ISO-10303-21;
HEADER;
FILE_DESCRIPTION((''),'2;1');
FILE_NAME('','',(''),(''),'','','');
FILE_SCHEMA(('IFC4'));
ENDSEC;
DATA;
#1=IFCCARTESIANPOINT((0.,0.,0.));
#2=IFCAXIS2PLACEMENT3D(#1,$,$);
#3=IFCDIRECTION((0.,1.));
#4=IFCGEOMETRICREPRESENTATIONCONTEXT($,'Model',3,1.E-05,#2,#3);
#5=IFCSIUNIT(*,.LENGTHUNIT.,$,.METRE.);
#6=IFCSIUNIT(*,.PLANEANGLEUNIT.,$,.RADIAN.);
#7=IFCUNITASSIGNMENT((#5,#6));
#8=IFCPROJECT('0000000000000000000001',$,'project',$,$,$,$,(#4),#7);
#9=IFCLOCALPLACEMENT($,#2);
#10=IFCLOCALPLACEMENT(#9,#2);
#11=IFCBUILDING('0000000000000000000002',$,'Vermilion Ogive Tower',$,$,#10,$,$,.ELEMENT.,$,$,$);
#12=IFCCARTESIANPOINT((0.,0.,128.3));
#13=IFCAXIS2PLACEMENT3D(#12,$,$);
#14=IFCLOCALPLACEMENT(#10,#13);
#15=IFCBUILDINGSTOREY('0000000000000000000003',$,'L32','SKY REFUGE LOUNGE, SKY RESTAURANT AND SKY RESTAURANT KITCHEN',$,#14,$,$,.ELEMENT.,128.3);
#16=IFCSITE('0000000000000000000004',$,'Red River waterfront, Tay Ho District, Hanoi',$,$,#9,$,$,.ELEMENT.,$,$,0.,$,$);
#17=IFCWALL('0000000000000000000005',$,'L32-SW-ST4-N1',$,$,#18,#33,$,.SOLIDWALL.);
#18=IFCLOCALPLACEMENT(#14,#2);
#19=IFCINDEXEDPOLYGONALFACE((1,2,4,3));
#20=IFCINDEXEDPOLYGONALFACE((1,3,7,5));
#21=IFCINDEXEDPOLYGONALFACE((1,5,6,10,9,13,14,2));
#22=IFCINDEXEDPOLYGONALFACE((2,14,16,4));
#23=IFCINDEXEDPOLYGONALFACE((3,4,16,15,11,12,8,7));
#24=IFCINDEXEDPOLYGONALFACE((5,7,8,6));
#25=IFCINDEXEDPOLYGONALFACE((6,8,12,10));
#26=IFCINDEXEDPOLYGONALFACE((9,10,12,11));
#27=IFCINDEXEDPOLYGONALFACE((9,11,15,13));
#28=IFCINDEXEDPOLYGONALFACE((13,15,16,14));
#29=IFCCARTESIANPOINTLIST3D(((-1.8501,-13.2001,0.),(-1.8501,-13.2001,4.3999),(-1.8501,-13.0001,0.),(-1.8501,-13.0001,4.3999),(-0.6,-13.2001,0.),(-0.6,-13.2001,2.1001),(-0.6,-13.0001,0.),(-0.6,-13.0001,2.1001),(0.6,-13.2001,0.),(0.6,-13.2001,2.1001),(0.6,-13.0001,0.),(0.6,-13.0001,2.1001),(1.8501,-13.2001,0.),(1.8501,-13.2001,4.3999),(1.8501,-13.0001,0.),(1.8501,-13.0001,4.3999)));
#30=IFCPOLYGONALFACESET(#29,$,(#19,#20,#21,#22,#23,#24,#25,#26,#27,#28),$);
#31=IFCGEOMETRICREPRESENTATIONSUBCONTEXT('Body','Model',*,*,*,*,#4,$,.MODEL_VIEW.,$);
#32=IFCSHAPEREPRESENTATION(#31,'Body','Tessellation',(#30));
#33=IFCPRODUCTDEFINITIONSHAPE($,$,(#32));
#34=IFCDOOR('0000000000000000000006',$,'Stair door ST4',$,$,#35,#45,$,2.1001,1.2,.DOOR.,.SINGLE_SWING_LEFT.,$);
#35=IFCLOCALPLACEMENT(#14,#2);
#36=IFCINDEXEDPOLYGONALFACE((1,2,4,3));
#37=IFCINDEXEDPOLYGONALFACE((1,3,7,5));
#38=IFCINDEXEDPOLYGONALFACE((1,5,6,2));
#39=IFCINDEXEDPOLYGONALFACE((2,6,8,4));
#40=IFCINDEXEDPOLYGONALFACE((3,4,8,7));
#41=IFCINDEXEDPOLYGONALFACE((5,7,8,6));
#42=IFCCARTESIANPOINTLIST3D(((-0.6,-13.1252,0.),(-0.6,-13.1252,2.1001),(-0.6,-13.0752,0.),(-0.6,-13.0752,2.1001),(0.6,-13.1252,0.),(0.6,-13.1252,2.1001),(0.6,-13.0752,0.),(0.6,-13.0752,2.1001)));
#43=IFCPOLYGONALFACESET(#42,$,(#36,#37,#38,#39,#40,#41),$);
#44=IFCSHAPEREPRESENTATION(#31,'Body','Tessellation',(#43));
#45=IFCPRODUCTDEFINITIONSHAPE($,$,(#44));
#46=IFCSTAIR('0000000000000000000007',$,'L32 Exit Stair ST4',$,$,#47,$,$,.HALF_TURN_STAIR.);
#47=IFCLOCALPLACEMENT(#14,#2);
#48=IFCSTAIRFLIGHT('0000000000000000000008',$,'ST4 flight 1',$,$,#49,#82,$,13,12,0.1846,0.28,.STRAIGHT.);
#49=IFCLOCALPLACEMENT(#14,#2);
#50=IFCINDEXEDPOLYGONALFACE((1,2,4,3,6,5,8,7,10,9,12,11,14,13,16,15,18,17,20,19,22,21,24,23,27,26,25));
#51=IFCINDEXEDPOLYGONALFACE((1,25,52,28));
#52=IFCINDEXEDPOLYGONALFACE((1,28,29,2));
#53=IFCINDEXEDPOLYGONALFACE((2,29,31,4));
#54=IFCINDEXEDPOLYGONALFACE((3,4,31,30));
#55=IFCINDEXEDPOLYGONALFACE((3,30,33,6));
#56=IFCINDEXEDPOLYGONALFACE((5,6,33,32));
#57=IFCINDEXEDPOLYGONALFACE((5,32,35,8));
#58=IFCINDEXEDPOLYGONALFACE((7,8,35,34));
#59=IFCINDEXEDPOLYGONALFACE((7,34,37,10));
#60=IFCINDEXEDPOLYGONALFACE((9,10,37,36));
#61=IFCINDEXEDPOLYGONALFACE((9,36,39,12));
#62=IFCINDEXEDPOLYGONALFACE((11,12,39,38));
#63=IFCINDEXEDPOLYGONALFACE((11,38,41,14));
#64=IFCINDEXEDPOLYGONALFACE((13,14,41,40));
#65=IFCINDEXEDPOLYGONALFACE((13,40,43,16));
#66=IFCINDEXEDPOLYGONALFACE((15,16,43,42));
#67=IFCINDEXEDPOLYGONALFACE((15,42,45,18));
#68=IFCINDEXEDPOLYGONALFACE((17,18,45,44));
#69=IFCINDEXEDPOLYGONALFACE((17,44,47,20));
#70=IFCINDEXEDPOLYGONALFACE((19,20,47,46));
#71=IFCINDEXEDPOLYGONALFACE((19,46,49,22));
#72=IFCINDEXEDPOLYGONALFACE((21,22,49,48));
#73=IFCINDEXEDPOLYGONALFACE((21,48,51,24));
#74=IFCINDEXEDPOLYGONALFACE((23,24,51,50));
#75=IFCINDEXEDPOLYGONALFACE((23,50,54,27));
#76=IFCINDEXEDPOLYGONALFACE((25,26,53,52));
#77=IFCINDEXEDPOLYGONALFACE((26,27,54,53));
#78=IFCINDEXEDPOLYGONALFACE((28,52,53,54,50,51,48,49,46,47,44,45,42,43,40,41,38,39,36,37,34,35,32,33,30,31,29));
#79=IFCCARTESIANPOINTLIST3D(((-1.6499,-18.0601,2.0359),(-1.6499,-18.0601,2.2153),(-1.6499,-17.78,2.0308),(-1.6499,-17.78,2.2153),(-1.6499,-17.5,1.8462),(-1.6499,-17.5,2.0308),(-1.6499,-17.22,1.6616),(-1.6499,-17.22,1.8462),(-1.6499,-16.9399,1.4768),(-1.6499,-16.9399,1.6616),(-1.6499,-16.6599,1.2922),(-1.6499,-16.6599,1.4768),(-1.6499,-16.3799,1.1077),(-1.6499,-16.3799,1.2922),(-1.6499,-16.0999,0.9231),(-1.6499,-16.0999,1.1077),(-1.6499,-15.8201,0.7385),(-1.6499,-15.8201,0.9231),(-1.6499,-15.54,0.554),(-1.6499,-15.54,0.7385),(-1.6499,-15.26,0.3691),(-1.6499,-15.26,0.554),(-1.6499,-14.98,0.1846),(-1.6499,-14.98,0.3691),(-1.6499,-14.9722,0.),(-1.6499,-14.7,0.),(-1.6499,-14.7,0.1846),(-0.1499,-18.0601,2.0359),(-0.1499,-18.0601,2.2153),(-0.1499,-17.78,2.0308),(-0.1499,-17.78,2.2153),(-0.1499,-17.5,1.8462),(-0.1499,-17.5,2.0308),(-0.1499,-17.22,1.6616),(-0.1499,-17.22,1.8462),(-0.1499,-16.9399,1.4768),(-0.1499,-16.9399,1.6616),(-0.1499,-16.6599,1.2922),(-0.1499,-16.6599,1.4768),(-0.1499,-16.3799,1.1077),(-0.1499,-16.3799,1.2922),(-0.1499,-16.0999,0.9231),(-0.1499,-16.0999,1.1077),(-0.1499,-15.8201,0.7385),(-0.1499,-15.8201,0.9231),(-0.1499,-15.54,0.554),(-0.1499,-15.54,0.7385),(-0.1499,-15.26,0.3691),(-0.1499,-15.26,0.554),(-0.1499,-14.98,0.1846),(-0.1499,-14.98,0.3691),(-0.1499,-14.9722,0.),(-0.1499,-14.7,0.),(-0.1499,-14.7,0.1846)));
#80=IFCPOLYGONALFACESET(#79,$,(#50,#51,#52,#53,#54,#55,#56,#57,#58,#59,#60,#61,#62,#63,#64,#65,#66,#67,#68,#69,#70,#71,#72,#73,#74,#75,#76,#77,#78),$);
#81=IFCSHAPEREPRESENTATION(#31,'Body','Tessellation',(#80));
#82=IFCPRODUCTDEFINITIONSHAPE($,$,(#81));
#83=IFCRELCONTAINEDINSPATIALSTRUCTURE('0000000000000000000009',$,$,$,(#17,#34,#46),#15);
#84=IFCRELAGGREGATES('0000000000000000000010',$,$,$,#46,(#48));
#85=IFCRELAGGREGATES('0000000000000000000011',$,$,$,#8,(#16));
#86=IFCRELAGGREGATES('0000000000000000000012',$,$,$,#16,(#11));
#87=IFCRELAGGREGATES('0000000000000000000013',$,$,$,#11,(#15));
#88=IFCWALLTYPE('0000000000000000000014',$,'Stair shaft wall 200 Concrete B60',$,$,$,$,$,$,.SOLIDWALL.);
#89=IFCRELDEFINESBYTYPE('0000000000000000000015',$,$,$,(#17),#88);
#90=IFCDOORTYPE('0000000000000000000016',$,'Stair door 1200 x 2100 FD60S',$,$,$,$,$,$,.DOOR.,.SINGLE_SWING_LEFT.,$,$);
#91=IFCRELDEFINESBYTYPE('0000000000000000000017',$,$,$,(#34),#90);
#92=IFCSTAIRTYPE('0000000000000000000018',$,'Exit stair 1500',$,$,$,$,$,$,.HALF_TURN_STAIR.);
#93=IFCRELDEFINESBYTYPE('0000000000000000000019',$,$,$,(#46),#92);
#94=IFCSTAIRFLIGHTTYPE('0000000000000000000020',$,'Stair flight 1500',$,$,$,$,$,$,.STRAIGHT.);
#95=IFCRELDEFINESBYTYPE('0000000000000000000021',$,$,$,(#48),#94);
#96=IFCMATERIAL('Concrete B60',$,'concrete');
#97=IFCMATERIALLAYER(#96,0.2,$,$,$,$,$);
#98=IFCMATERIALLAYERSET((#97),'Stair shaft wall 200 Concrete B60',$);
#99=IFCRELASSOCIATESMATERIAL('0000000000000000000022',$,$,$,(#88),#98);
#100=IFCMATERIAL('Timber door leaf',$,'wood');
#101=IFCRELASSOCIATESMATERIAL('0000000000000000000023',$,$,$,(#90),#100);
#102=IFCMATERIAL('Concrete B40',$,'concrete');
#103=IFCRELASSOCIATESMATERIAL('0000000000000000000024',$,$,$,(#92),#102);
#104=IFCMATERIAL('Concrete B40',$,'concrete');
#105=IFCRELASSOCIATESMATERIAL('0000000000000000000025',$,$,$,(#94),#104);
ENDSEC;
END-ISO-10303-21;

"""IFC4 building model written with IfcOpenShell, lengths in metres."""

from ifc_helpers import new_model, si_unit, direction, frame, frame_2d, origin, place, context, subcontext, project, spatial, polyline, rectangle, outline, extrude, material, layer, layer_set, type_object, element, fill, aggregate, save


model = new_model("IFC4")

# Units and contexts
model_context = context("Model", 3, precision=1e-05, world=origin(), true_north=direction((0.0, 1.0)))
body_context = subcontext(model_context, "Body", "Model", "MODEL_VIEW")
ifc_project = project(units=[si_unit("LENGTHUNIT", "METRE"), si_unit("PLANEANGLEUNIT", "RADIAN")], contexts=[model_context])

# Site, building, storey
site_placement = place(None, origin())
site = spatial("IfcSite", under=ifc_project, at=site_placement, Name="Red River waterfront, Tay Ho District, Hanoi", CompositionType="ELEMENT", RefElevation=0.0)
building_placement = place(site_placement, origin())
building = spatial("IfcBuilding", under=site, at=building_placement, Name="Vermilion Ogive Tower", CompositionType="ELEMENT")
storey_placement = place(building_placement, frame((0.0, 0.0, 128.3)))
storey = spatial("IfcBuildingStorey", under=building, at=storey_placement, Name="L32", Description="SKY REFUGE LOUNGE, SKY RESTAURANT AND SKY RESTAURANT KITCHEN", CompositionType="ELEMENT", Elevation=128.3)

# Wall, opening, door
ifc_material_1 = material(Name="Concrete B60", Category="concrete")
ifc_layer_1 = layer(ifc_material_1, 0.2)
ifc_layer_set_1 = layer_set([ifc_layer_1], Name="Stair shaft wall 200 Concrete B60")
wall_type_1 = type_object("IfcWallType", Name="Stair shaft wall 200 Concrete B60", PredefinedType="SOLIDWALL", material=ifc_layer_set_1)
wall_1_placement = place(storey_placement, frame((-1.8501, -13.1001, 0.0), z_axis=(0.0, 0.0, 1.0), x_axis=(1.0, 0.0, 0.0)))
wall_1 = element("IfcWall", 1, at=wall_1_placement, inside=storey, type_object=wall_type_1, Name="L32-SW-ST4-N1", PredefinedType="SOLIDWALL", context=body_context, shape_type="SweptSolid", body=[
    extrude(rectangle(XDim=3.7002, YDim=0.2, at=frame_2d((1.8501, 0.0))), origin(), (0.0, 0.0, 1.0), 4.3999),
])
opening_1_placement = place(wall_1_placement, frame((1.25, 0.0, 0.0)))
opening_1 = element("IfcOpeningElement", 2, at=opening_1_placement, cuts=wall_1, PredefinedType="OPENING", context=body_context, shape_type="SweptSolid", body=[
    extrude(rectangle(XDim=1.2, YDim=2.1001, at=frame_2d((0.6001, 1.05))), frame((0.0, 0.1099, 0.0), z_axis=(0.0, -1.0, 0.0), x_axis=(1.0, 0.0, 0.0)), (0.0, 0.0, 1.0), 0.22),
])
ifc_material_2 = material(Name="Timber door leaf", Category="wood")
door_type_1 = type_object("IfcDoorType", Name="Stair door 1200 x 2100 FD60S", OperationType="SINGLE_SWING_LEFT", PredefinedType="DOOR", material=ifc_material_2)
door_1_placement = place(opening_1_placement, origin())
door_1 = element("IfcDoor", 3, at=door_1_placement, inside=storey, type_object=door_type_1, Name="Stair door ST4", OperationType="SINGLE_SWING_LEFT", OverallHeight=2.1001, OverallWidth=1.2, PredefinedType="DOOR", context=body_context, shape_type="SweptSolid", body=[
    extrude(rectangle(XDim=1.2, YDim=2.1001, at=frame_2d((0.6001, 1.05))), frame((0.0, 0.0249, 0.0), z_axis=(0.0, -1.0, 0.0), x_axis=(1.0, 0.0, 0.0)), (0.0, 0.0, 1.0), 0.05),
])
fill(opening_1, door_1)

# Stair, stair flight
ifc_material_3 = material(Name="Concrete B40", Category="concrete")
stair_type = type_object("IfcStairType", Name="Exit stair 1500", PredefinedType="HALF_TURN_STAIR", material=ifc_material_3)
stair_placement = place(storey_placement, origin())
stair = element("IfcStair", 4, at=stair_placement, inside=storey, type_object=stair_type, Name="L32 Exit Stair ST4", PredefinedType="HALF_TURN_STAIR")
ifc_material_4 = material(Name="Concrete B40", Category="concrete")
stair_flight_type = type_object("IfcStairFlightType", Name="Stair flight 1500", PredefinedType="STRAIGHT", material=ifc_material_4)
stair_flight_placement = place(storey_placement, frame((-0.8999, -14.7, 0.0), z_axis=(0.0, 0.0, 1.0), x_axis=(0.0, -1.0, 0.0)))
stair_flight = element("IfcStairFlight", 5, at=stair_flight_placement, type_object=stair_flight_type, Name="ST4 flight 1", NumberOfRisers=13, NumberOfTreads=12, PredefinedType="STRAIGHT", RiserHeight=0.1846, TreadLength=0.28, context=body_context, shape_type="SweptSolid", body=[
    extrude(outline(polyline([(0.0, 0.0), (0.0, 0.1846), (0.28, 0.1846), (0.28, 0.3691), (0.5601, 0.3691), (0.5601, 0.554), (0.8401, 0.554), (0.8401, 0.7385), (1.1201, 0.7385), (1.1201, 0.9231), (1.3999, 0.9231), (1.3999, 1.1077), (1.6799, 1.1077), (1.6799, 1.2922), (1.96, 1.2922), (1.96, 1.4768), (2.24, 1.4768), (2.24, 1.6616), (2.52, 1.6616), (2.52, 1.8462), (2.8, 1.8462), (2.8, 2.0308), (3.0801, 2.0308), (3.0801, 2.2153), (3.3601, 2.2153), (3.3601, 2.3999), (3.3601, 2.0359), (0.2722, 0.0), (0.0, 0.0)])), frame((0.0, 0.75, 0.0), z_axis=(0.0, -1.0, 0.0), x_axis=(1.0, 0.0, 0.0)), (0.0, 0.0, 1.0), 1.5),
])
aggregate(stair, [stair_flight])

save(model, "model.ifc")
